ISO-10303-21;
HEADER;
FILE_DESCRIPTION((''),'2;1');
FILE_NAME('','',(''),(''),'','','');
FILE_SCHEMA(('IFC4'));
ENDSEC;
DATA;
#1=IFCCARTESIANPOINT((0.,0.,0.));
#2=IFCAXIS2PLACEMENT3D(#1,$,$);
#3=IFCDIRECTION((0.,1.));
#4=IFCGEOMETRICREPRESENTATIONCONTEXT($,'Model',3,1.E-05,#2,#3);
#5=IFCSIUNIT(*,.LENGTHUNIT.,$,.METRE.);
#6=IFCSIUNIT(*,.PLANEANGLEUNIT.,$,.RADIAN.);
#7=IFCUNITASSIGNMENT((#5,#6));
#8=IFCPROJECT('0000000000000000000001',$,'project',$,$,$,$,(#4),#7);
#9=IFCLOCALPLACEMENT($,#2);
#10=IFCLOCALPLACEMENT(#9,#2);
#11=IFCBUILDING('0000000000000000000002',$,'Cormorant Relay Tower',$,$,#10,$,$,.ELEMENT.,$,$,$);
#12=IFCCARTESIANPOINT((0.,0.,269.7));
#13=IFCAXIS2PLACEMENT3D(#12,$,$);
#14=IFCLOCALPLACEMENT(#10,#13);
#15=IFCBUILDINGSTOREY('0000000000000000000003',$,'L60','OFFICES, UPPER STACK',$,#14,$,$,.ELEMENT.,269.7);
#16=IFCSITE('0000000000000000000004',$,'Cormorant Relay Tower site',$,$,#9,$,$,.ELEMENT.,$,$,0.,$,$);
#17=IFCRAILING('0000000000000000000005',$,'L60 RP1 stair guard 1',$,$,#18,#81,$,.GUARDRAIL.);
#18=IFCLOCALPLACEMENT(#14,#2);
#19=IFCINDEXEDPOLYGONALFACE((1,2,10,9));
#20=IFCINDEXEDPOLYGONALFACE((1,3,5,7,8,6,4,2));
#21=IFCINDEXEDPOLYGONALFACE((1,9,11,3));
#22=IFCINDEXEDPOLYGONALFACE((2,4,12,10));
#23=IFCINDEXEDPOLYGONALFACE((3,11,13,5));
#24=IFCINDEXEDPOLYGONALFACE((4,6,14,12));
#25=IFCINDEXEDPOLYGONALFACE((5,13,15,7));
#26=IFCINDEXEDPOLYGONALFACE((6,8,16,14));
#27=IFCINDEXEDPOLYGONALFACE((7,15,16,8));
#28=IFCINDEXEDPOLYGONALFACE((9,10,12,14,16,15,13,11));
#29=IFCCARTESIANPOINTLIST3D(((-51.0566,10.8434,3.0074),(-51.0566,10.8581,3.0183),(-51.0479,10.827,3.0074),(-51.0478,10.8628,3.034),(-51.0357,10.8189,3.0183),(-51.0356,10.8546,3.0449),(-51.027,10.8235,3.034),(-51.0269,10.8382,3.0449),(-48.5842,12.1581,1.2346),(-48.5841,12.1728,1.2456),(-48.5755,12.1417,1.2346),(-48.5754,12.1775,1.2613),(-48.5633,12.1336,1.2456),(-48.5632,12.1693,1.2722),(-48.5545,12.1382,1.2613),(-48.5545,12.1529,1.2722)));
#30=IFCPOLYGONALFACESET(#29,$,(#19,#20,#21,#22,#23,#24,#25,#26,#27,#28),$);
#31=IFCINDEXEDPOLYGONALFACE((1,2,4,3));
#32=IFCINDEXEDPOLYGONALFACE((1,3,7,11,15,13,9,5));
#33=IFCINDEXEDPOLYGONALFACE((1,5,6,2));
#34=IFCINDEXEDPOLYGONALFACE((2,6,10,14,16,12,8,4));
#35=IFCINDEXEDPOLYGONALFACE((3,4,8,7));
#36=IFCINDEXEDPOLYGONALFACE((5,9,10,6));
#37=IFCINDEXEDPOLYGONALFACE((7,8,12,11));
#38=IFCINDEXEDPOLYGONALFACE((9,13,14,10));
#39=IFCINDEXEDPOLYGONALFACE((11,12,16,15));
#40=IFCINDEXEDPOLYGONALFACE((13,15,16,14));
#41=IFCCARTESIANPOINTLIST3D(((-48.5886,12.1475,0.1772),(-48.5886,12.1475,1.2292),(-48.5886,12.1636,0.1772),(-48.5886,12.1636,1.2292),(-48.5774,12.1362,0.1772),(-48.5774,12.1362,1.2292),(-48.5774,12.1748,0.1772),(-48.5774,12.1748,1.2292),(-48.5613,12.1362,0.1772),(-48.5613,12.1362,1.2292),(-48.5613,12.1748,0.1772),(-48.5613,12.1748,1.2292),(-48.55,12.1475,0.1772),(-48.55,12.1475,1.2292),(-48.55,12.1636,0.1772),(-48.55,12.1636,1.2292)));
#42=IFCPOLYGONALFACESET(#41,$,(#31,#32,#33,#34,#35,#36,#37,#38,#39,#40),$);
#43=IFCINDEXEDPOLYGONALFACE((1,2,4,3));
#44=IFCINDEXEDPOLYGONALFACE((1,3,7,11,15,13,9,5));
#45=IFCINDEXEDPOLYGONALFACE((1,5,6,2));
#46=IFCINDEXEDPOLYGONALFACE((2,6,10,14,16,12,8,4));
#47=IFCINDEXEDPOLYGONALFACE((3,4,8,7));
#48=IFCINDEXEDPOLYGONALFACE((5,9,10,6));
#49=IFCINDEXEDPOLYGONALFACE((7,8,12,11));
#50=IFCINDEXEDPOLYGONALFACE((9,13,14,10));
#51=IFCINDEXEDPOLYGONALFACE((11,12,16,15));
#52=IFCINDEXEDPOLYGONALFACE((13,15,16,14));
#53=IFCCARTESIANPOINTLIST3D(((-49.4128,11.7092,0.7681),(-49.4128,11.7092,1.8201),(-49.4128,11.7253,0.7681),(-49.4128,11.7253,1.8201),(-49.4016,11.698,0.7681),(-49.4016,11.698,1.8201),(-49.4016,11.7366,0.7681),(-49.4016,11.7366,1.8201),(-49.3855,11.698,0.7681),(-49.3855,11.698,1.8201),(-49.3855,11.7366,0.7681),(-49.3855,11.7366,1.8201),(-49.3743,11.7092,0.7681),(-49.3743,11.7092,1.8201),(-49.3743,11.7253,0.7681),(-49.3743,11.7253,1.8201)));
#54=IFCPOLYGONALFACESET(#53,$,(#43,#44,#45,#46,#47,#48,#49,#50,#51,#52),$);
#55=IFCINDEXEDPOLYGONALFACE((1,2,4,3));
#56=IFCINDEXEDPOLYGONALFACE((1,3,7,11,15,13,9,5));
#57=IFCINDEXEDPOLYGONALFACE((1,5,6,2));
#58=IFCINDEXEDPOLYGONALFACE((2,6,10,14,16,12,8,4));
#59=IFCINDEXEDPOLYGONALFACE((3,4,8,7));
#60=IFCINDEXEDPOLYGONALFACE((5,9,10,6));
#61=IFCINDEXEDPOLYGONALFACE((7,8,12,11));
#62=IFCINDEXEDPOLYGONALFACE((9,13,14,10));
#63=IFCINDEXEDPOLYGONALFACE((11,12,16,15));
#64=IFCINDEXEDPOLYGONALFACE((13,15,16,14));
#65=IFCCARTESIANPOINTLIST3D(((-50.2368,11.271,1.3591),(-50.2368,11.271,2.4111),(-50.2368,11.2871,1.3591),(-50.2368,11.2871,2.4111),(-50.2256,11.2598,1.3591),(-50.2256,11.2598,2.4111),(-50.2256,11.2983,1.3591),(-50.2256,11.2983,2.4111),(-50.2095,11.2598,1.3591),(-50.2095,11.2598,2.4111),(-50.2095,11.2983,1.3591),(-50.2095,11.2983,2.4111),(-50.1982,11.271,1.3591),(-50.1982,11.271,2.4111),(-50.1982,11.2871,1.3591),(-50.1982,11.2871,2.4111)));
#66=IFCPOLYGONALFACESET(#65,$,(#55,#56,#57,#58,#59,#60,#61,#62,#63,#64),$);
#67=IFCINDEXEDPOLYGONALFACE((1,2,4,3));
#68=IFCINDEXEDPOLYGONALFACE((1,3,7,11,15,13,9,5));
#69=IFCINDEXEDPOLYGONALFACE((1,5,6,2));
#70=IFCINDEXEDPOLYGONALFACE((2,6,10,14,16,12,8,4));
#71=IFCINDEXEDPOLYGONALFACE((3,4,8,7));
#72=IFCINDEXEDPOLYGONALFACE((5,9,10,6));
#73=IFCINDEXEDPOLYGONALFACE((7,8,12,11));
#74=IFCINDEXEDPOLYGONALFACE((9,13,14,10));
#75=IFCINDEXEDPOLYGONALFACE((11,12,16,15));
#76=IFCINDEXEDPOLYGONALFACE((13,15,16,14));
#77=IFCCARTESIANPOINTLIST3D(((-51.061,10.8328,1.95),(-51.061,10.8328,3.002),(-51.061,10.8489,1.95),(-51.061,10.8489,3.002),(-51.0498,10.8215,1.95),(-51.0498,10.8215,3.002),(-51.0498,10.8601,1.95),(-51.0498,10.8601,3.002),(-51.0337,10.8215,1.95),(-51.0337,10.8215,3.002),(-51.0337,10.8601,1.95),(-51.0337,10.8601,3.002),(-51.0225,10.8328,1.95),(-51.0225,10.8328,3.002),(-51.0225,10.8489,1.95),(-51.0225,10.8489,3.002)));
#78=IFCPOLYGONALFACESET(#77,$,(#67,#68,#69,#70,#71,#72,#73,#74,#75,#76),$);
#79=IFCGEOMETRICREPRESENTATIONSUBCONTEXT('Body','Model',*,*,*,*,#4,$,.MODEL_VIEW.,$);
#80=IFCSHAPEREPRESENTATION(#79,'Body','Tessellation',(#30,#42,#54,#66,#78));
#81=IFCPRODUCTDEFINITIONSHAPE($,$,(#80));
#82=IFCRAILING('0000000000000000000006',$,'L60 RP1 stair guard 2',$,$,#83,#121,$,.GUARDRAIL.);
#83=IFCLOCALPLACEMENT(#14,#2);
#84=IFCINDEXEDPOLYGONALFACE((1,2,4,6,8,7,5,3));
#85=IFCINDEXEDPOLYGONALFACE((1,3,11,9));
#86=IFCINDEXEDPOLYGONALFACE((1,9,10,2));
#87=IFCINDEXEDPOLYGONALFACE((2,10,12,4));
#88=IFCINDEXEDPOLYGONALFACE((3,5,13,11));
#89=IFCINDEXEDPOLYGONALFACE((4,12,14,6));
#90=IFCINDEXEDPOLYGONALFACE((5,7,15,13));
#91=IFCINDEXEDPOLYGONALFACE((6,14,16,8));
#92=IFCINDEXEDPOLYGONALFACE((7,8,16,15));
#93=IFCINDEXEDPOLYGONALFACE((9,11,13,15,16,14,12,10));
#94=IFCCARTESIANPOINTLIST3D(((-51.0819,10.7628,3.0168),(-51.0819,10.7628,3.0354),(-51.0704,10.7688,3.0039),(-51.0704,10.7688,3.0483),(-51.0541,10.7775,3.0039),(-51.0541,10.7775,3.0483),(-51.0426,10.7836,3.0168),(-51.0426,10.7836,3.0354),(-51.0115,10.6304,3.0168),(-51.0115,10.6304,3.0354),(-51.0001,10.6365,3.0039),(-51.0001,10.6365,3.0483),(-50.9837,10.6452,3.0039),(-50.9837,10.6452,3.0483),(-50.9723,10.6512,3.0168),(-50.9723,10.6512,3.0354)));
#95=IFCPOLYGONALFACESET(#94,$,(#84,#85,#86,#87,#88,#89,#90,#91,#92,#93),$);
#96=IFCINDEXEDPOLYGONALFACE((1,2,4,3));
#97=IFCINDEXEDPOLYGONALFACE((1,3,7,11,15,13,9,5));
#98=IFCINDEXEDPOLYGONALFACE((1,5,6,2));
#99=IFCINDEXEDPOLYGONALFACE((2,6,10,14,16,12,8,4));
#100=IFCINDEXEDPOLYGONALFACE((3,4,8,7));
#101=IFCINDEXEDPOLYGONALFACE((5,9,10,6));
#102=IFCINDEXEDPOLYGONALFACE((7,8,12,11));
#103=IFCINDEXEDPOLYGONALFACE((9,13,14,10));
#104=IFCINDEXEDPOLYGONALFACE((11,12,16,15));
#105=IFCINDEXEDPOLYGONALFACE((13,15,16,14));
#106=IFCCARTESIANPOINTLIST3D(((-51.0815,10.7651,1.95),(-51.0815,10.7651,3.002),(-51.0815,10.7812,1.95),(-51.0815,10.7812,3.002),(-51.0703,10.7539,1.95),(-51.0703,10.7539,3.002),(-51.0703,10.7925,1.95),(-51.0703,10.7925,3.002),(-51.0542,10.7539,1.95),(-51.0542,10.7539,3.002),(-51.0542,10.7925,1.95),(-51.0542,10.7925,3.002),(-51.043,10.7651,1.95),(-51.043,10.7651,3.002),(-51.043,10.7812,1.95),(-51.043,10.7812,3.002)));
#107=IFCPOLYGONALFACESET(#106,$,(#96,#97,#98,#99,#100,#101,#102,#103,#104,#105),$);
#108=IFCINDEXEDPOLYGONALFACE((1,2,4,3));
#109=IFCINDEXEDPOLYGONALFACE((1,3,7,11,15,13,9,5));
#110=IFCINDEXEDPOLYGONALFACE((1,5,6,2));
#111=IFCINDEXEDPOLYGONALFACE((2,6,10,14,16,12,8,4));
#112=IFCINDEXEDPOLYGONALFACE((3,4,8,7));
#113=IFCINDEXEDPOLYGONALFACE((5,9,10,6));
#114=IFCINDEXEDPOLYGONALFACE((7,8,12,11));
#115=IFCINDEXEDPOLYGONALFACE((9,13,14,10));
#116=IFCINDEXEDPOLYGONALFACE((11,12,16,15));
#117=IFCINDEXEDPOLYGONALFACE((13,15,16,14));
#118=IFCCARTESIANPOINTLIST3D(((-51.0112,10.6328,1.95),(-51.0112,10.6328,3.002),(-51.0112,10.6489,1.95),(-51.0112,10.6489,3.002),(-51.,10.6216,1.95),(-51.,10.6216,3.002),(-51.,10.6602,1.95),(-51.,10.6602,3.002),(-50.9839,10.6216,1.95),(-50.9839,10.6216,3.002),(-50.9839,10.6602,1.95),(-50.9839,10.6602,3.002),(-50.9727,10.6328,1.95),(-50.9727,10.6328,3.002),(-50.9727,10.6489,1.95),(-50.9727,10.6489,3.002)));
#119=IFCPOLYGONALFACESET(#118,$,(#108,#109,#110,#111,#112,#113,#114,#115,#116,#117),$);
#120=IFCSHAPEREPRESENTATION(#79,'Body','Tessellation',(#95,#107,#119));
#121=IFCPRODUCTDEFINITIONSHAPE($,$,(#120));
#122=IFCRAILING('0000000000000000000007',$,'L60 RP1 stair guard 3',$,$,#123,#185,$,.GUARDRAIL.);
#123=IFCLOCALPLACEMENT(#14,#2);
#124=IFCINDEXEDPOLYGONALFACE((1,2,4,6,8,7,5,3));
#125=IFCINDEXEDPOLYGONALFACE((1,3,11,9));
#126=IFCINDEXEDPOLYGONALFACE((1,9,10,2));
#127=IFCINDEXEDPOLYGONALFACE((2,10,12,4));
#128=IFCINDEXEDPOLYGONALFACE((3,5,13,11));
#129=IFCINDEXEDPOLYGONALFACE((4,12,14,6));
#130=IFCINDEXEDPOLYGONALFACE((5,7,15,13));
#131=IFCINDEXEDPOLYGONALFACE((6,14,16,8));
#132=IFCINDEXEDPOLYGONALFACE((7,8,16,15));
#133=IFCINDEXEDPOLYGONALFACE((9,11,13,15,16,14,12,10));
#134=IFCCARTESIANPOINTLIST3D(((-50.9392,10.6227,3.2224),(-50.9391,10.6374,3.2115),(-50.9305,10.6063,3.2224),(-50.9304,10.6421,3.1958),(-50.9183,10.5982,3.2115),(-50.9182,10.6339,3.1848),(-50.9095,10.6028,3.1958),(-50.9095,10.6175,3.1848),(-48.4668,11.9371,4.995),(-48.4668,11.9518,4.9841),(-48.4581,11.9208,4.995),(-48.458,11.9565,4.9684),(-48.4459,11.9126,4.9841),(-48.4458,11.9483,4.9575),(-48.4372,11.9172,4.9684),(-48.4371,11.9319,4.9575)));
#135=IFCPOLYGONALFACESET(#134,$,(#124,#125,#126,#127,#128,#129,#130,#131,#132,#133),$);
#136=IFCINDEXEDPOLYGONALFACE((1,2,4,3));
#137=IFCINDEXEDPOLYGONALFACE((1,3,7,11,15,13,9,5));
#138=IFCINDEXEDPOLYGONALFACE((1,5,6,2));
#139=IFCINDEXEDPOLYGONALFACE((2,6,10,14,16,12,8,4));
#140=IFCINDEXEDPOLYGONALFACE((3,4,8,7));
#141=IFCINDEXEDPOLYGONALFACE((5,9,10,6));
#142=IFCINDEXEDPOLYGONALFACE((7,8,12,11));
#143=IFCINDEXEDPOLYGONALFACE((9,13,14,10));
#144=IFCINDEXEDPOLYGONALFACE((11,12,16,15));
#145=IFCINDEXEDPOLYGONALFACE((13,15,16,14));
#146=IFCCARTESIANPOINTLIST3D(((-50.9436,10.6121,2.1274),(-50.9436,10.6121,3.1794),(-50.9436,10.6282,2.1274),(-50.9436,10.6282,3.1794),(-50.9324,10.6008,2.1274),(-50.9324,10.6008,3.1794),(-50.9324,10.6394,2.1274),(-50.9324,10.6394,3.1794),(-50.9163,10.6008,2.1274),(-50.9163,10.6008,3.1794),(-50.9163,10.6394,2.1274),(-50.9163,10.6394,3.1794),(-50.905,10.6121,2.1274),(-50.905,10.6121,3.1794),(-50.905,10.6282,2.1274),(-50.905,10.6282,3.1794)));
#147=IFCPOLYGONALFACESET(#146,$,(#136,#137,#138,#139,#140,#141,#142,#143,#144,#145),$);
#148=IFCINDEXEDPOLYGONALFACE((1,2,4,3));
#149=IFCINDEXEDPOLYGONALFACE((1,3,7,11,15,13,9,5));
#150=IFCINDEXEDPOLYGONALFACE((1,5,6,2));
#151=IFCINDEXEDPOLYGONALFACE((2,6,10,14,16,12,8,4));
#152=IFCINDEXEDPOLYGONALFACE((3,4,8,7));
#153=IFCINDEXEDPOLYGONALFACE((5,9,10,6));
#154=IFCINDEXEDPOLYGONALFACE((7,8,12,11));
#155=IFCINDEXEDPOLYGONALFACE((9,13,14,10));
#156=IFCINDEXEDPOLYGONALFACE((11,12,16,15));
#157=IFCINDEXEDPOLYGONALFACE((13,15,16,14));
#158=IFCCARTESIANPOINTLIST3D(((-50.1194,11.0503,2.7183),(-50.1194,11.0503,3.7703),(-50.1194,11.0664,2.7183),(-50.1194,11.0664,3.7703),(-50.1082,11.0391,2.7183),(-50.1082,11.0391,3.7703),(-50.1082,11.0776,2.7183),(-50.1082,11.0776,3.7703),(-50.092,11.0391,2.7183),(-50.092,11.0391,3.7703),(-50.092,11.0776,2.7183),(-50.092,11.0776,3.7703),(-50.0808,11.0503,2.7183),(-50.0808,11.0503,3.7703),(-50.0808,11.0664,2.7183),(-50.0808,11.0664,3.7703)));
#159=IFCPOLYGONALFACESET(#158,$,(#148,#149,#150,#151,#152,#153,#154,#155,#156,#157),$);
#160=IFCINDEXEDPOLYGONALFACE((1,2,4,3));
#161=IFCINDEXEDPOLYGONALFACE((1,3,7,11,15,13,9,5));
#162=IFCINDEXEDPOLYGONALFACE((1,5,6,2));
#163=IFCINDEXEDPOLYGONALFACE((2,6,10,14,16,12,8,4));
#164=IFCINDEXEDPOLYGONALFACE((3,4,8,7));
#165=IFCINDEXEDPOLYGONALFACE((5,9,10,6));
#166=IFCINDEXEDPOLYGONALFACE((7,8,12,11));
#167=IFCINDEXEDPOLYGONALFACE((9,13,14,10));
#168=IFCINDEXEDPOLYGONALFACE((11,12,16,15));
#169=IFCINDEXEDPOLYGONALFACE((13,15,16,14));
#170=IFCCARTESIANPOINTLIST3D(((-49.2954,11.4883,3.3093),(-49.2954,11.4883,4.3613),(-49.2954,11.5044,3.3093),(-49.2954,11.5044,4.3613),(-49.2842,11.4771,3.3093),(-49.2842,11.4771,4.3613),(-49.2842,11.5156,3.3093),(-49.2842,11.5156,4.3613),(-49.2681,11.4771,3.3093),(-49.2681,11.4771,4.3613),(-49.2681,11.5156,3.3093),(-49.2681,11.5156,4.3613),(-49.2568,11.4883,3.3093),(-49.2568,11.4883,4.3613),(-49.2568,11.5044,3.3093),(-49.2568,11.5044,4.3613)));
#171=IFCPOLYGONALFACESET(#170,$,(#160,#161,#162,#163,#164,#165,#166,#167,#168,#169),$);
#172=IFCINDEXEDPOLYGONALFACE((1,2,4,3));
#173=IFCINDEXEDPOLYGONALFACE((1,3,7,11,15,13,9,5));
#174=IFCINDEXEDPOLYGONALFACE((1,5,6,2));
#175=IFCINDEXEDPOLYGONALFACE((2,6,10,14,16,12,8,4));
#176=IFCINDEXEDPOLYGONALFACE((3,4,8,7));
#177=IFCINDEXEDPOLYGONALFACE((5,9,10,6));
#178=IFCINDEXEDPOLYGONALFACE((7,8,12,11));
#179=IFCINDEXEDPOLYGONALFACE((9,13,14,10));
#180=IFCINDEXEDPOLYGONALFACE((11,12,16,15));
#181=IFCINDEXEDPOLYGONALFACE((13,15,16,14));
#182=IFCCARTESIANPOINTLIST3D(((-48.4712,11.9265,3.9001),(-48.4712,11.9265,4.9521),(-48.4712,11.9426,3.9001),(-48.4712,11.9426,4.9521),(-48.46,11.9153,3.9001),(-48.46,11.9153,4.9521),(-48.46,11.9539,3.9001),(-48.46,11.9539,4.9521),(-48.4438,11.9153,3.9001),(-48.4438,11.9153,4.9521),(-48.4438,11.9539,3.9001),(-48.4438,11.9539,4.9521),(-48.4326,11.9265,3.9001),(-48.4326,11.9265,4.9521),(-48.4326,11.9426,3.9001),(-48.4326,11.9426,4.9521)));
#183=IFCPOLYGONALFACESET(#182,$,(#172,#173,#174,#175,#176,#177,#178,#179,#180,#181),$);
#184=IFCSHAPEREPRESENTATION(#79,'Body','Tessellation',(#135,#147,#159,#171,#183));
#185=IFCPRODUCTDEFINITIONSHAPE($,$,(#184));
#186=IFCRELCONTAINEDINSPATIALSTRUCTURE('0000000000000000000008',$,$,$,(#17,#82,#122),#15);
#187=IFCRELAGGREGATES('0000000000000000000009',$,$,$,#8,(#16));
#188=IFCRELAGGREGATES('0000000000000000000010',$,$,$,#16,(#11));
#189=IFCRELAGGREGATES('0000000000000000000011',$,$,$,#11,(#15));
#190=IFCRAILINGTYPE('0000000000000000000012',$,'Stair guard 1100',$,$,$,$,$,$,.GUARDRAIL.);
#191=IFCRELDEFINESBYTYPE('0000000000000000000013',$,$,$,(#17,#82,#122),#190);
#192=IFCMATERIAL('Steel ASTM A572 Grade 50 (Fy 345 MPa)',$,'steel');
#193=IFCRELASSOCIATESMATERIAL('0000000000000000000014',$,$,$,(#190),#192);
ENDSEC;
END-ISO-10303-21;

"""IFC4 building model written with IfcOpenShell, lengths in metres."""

from ifc_helpers import new_model, si_unit, direction, frame, origin, place, context, subcontext, project, spatial, polyline, outline, extrude, material, type_object, element, save


model = new_model("IFC4")

# Units and contexts
model_context = context("Model", 3, precision=1e-05, world=origin(), true_north=direction((0.0, 1.0)))
body_context = subcontext(model_context, "Body", "Model", "MODEL_VIEW")
ifc_project = project(units=[si_unit("LENGTHUNIT", "METRE"), si_unit("PLANEANGLEUNIT", "RADIAN")], contexts=[model_context])

# Site, building, storey
site_placement = place(None, origin())
site = spatial("IfcSite", under=ifc_project, at=site_placement, Name="Cormorant Relay Tower site", CompositionType="ELEMENT", RefElevation=0.0)
building_placement = place(site_placement, origin())
building = spatial("IfcBuilding", under=site, at=building_placement, Name="Cormorant Relay Tower", CompositionType="ELEMENT")
storey_placement = place(building_placement, frame((0.0, 0.0, 269.7)))
storey = spatial("IfcBuildingStorey", under=building, at=storey_placement, Name="L60", Description="OFFICES, UPPER STACK", CompositionType="ELEMENT", Elevation=269.7)

# Railings
ifc_material_1 = material(Name="Steel ASTM A572 Grade 50 (Fy 345 MPa)", Category="steel")
railing_type_1 = type_object("IfcRailingType", Name="Stair guard 1100", PredefinedType="GUARDRAIL", material=ifc_material_1)
railing_1_placement = place(storey_placement, frame((-48.5693, 12.1555, 0.1772)))
element("IfcRailing", 1, at=railing_1_placement, inside=storey, type_object=railing_type_1, Name="L60 RP1 stair guard 1", PredefinedType="GUARDRAIL", context=body_context, shape_type="SweptSolid", body=[
    extrude(outline(polyline([(0.0222, 0.0093), (0.0093, 0.0222), (-0.0093, 0.0222), (-0.0222, 0.0093), (-0.0222, -0.0093), (-0.0093, -0.0222), (0.0093, -0.0222), (0.0222, -0.0093), (0.0222, 0.0093)])), frame((0.0, 0.0, 1.0762), z_axis=(-0.746012, -0.39669, 0.534886), x_axis=(0.469497, -0.882934, 0.0)), (0.0, 0.0, 1.0), 3.3142),
    extrude(outline(polyline([(0.0193, 0.0081), (0.0081, 0.0193), (-0.0081, 0.0193), (-0.0193, 0.0081), (-0.0193, -0.0081), (-0.0081, -0.0193), (0.0081, -0.0193), (0.0193, -0.0081), (0.0193, 0.0081)])), origin(), (0.0, 0.0, 1.0), 1.052),
    extrude(outline(polyline([(0.0193, 0.0081), (0.0081, 0.0193), (-0.0081, 0.0193), (-0.0193, 0.0081), (-0.0193, -0.0081), (-0.0081, -0.0193), (0.0081, -0.0193), (0.0193, -0.0081), (0.0193, 0.0081)])), frame((-0.8242, -0.4382, 0.5908)), (0.0, 0.0, 1.0), 1.052),
    extrude(outline(polyline([(0.0193, 0.0081), (0.0081, 0.0193), (-0.0081, 0.0193), (-0.0193, 0.0081), (-0.0193, -0.0081), (-0.0081, -0.0193), (0.0081, -0.0193), (0.0193, -0.0081), (0.0193, 0.0081)])), frame((-1.6482, -0.8765, 1.1819)), (0.0, 0.0, 1.0), 1.052),
    extrude(outline(polyline([(0.0193, 0.0081), (0.0081, 0.0193), (-0.0081, 0.0193), (-0.0193, 0.0081), (-0.0193, -0.0081), (-0.0081, -0.0193), (0.0081, -0.0193), (0.0193, -0.0081), (0.0193, 0.0081)])), frame((-2.4724, -1.3147, 1.7727)), (0.0, 0.0, 1.0), 1.052),
])
railing_2_placement = place(storey_placement, frame((-51.0623, 10.7732, 1.95)))
element("IfcRailing", 2, at=railing_2_placement, inside=storey, type_object=railing_type_1, Name="L60 RP1 stair guard 2", PredefinedType="GUARDRAIL", context=body_context, shape_type="SweptSolid", body=[
    extrude(outline(polyline([(0.0222, 0.0093), (0.0093, 0.0222), (-0.0093, 0.0222), (-0.0222, 0.0093), (-0.0222, -0.0093), (-0.0093, -0.0222), (0.0093, -0.0222), (0.0222, -0.0093), (0.0222, 0.0093)])), frame((0.0, 0.0, 1.0762), z_axis=(0.469235, -0.883074, 0.0), x_axis=(0.883074, 0.469235, 0.0)), (0.0, 0.0, 1.0), 0.1499),
    extrude(outline(polyline([(0.0193, 0.0081), (0.0081, 0.0193), (-0.0081, 0.0193), (-0.0193, 0.0081), (-0.0193, -0.0081), (-0.0081, -0.0193), (0.0081, -0.0193), (0.0193, -0.0081), (0.0193, 0.0081)])), origin(), (0.0, 0.0, 1.0), 1.052),
    extrude(outline(polyline([(0.0193, 0.0081), (0.0081, 0.0193), (-0.0081, 0.0193), (-0.0193, 0.0081), (-0.0193, -0.0081), (-0.0081, -0.0193), (0.0081, -0.0193), (0.0193, -0.0081), (0.0193, 0.0081)])), frame((0.0703, -0.1323, 0.0)), (0.0, 0.0, 1.0), 1.052),
])
railing_3_placement = place(storey_placement, frame((-50.9243, 10.6201, 2.1274)))
element("IfcRailing", 3, at=railing_3_placement, inside=storey, type_object=railing_type_1, Name="L60 RP1 stair guard 3", PredefinedType="GUARDRAIL", context=body_context, shape_type="SweptSolid", body=[
    extrude(outline(polyline([(0.0222, 0.0093), (0.0093, 0.0222), (-0.0093, 0.0222), (-0.0222, 0.0093), (-0.0222, -0.0093), (-0.0093, -0.0222), (0.0093, -0.0222), (0.0222, -0.0093), (0.0222, 0.0093)])), frame((0.0, 0.0, 1.0762), z_axis=(0.746034, 0.396627, 0.534902), x_axis=(-0.469429, 0.88297, 0.0)), (0.0, 0.0, 1.0), 3.314),
    extrude(outline(polyline([(0.0193, 0.0081), (0.0081, 0.0193), (-0.0081, 0.0193), (-0.0193, 0.0081), (-0.0193, -0.0081), (-0.0081, -0.0193), (0.0081, -0.0193), (0.0193, -0.0081), (0.0193, 0.0081)])), origin(), (0.0, 0.0, 1.0), 1.052),
    extrude(outline(polyline([(0.0193, 0.0081), (0.0081, 0.0193), (-0.0081, 0.0193), (-0.0193, 0.0081), (-0.0193, -0.0081), (-0.0081, -0.0193), (0.0081, -0.0193), (0.0193, -0.0081), (0.0193, 0.0081)])), frame((0.8242, 0.4382, 0.5908)), (0.0, 0.0, 1.0), 1.052),
    extrude(outline(polyline([(0.0193, 0.0081), (0.0081, 0.0193), (-0.0081, 0.0193), (-0.0193, 0.0081), (-0.0193, -0.0081), (-0.0081, -0.0193), (0.0081, -0.0193), (0.0193, -0.0081), (0.0193, 0.0081)])), frame((1.6482, 0.8762, 1.1819)), (0.0, 0.0, 1.0), 1.052),
    extrude(outline(polyline([(0.0193, 0.0081), (0.0081, 0.0193), (-0.0081, 0.0193), (-0.0193, 0.0081), (-0.0193, -0.0081), (-0.0081, -0.0193), (0.0081, -0.0193), (0.0193, -0.0081), (0.0193, 0.0081)])), frame((2.4724, 1.3145, 1.7727)), (0.0, 0.0, 1.0), 1.052),
])

save(model, "model.ifc")
